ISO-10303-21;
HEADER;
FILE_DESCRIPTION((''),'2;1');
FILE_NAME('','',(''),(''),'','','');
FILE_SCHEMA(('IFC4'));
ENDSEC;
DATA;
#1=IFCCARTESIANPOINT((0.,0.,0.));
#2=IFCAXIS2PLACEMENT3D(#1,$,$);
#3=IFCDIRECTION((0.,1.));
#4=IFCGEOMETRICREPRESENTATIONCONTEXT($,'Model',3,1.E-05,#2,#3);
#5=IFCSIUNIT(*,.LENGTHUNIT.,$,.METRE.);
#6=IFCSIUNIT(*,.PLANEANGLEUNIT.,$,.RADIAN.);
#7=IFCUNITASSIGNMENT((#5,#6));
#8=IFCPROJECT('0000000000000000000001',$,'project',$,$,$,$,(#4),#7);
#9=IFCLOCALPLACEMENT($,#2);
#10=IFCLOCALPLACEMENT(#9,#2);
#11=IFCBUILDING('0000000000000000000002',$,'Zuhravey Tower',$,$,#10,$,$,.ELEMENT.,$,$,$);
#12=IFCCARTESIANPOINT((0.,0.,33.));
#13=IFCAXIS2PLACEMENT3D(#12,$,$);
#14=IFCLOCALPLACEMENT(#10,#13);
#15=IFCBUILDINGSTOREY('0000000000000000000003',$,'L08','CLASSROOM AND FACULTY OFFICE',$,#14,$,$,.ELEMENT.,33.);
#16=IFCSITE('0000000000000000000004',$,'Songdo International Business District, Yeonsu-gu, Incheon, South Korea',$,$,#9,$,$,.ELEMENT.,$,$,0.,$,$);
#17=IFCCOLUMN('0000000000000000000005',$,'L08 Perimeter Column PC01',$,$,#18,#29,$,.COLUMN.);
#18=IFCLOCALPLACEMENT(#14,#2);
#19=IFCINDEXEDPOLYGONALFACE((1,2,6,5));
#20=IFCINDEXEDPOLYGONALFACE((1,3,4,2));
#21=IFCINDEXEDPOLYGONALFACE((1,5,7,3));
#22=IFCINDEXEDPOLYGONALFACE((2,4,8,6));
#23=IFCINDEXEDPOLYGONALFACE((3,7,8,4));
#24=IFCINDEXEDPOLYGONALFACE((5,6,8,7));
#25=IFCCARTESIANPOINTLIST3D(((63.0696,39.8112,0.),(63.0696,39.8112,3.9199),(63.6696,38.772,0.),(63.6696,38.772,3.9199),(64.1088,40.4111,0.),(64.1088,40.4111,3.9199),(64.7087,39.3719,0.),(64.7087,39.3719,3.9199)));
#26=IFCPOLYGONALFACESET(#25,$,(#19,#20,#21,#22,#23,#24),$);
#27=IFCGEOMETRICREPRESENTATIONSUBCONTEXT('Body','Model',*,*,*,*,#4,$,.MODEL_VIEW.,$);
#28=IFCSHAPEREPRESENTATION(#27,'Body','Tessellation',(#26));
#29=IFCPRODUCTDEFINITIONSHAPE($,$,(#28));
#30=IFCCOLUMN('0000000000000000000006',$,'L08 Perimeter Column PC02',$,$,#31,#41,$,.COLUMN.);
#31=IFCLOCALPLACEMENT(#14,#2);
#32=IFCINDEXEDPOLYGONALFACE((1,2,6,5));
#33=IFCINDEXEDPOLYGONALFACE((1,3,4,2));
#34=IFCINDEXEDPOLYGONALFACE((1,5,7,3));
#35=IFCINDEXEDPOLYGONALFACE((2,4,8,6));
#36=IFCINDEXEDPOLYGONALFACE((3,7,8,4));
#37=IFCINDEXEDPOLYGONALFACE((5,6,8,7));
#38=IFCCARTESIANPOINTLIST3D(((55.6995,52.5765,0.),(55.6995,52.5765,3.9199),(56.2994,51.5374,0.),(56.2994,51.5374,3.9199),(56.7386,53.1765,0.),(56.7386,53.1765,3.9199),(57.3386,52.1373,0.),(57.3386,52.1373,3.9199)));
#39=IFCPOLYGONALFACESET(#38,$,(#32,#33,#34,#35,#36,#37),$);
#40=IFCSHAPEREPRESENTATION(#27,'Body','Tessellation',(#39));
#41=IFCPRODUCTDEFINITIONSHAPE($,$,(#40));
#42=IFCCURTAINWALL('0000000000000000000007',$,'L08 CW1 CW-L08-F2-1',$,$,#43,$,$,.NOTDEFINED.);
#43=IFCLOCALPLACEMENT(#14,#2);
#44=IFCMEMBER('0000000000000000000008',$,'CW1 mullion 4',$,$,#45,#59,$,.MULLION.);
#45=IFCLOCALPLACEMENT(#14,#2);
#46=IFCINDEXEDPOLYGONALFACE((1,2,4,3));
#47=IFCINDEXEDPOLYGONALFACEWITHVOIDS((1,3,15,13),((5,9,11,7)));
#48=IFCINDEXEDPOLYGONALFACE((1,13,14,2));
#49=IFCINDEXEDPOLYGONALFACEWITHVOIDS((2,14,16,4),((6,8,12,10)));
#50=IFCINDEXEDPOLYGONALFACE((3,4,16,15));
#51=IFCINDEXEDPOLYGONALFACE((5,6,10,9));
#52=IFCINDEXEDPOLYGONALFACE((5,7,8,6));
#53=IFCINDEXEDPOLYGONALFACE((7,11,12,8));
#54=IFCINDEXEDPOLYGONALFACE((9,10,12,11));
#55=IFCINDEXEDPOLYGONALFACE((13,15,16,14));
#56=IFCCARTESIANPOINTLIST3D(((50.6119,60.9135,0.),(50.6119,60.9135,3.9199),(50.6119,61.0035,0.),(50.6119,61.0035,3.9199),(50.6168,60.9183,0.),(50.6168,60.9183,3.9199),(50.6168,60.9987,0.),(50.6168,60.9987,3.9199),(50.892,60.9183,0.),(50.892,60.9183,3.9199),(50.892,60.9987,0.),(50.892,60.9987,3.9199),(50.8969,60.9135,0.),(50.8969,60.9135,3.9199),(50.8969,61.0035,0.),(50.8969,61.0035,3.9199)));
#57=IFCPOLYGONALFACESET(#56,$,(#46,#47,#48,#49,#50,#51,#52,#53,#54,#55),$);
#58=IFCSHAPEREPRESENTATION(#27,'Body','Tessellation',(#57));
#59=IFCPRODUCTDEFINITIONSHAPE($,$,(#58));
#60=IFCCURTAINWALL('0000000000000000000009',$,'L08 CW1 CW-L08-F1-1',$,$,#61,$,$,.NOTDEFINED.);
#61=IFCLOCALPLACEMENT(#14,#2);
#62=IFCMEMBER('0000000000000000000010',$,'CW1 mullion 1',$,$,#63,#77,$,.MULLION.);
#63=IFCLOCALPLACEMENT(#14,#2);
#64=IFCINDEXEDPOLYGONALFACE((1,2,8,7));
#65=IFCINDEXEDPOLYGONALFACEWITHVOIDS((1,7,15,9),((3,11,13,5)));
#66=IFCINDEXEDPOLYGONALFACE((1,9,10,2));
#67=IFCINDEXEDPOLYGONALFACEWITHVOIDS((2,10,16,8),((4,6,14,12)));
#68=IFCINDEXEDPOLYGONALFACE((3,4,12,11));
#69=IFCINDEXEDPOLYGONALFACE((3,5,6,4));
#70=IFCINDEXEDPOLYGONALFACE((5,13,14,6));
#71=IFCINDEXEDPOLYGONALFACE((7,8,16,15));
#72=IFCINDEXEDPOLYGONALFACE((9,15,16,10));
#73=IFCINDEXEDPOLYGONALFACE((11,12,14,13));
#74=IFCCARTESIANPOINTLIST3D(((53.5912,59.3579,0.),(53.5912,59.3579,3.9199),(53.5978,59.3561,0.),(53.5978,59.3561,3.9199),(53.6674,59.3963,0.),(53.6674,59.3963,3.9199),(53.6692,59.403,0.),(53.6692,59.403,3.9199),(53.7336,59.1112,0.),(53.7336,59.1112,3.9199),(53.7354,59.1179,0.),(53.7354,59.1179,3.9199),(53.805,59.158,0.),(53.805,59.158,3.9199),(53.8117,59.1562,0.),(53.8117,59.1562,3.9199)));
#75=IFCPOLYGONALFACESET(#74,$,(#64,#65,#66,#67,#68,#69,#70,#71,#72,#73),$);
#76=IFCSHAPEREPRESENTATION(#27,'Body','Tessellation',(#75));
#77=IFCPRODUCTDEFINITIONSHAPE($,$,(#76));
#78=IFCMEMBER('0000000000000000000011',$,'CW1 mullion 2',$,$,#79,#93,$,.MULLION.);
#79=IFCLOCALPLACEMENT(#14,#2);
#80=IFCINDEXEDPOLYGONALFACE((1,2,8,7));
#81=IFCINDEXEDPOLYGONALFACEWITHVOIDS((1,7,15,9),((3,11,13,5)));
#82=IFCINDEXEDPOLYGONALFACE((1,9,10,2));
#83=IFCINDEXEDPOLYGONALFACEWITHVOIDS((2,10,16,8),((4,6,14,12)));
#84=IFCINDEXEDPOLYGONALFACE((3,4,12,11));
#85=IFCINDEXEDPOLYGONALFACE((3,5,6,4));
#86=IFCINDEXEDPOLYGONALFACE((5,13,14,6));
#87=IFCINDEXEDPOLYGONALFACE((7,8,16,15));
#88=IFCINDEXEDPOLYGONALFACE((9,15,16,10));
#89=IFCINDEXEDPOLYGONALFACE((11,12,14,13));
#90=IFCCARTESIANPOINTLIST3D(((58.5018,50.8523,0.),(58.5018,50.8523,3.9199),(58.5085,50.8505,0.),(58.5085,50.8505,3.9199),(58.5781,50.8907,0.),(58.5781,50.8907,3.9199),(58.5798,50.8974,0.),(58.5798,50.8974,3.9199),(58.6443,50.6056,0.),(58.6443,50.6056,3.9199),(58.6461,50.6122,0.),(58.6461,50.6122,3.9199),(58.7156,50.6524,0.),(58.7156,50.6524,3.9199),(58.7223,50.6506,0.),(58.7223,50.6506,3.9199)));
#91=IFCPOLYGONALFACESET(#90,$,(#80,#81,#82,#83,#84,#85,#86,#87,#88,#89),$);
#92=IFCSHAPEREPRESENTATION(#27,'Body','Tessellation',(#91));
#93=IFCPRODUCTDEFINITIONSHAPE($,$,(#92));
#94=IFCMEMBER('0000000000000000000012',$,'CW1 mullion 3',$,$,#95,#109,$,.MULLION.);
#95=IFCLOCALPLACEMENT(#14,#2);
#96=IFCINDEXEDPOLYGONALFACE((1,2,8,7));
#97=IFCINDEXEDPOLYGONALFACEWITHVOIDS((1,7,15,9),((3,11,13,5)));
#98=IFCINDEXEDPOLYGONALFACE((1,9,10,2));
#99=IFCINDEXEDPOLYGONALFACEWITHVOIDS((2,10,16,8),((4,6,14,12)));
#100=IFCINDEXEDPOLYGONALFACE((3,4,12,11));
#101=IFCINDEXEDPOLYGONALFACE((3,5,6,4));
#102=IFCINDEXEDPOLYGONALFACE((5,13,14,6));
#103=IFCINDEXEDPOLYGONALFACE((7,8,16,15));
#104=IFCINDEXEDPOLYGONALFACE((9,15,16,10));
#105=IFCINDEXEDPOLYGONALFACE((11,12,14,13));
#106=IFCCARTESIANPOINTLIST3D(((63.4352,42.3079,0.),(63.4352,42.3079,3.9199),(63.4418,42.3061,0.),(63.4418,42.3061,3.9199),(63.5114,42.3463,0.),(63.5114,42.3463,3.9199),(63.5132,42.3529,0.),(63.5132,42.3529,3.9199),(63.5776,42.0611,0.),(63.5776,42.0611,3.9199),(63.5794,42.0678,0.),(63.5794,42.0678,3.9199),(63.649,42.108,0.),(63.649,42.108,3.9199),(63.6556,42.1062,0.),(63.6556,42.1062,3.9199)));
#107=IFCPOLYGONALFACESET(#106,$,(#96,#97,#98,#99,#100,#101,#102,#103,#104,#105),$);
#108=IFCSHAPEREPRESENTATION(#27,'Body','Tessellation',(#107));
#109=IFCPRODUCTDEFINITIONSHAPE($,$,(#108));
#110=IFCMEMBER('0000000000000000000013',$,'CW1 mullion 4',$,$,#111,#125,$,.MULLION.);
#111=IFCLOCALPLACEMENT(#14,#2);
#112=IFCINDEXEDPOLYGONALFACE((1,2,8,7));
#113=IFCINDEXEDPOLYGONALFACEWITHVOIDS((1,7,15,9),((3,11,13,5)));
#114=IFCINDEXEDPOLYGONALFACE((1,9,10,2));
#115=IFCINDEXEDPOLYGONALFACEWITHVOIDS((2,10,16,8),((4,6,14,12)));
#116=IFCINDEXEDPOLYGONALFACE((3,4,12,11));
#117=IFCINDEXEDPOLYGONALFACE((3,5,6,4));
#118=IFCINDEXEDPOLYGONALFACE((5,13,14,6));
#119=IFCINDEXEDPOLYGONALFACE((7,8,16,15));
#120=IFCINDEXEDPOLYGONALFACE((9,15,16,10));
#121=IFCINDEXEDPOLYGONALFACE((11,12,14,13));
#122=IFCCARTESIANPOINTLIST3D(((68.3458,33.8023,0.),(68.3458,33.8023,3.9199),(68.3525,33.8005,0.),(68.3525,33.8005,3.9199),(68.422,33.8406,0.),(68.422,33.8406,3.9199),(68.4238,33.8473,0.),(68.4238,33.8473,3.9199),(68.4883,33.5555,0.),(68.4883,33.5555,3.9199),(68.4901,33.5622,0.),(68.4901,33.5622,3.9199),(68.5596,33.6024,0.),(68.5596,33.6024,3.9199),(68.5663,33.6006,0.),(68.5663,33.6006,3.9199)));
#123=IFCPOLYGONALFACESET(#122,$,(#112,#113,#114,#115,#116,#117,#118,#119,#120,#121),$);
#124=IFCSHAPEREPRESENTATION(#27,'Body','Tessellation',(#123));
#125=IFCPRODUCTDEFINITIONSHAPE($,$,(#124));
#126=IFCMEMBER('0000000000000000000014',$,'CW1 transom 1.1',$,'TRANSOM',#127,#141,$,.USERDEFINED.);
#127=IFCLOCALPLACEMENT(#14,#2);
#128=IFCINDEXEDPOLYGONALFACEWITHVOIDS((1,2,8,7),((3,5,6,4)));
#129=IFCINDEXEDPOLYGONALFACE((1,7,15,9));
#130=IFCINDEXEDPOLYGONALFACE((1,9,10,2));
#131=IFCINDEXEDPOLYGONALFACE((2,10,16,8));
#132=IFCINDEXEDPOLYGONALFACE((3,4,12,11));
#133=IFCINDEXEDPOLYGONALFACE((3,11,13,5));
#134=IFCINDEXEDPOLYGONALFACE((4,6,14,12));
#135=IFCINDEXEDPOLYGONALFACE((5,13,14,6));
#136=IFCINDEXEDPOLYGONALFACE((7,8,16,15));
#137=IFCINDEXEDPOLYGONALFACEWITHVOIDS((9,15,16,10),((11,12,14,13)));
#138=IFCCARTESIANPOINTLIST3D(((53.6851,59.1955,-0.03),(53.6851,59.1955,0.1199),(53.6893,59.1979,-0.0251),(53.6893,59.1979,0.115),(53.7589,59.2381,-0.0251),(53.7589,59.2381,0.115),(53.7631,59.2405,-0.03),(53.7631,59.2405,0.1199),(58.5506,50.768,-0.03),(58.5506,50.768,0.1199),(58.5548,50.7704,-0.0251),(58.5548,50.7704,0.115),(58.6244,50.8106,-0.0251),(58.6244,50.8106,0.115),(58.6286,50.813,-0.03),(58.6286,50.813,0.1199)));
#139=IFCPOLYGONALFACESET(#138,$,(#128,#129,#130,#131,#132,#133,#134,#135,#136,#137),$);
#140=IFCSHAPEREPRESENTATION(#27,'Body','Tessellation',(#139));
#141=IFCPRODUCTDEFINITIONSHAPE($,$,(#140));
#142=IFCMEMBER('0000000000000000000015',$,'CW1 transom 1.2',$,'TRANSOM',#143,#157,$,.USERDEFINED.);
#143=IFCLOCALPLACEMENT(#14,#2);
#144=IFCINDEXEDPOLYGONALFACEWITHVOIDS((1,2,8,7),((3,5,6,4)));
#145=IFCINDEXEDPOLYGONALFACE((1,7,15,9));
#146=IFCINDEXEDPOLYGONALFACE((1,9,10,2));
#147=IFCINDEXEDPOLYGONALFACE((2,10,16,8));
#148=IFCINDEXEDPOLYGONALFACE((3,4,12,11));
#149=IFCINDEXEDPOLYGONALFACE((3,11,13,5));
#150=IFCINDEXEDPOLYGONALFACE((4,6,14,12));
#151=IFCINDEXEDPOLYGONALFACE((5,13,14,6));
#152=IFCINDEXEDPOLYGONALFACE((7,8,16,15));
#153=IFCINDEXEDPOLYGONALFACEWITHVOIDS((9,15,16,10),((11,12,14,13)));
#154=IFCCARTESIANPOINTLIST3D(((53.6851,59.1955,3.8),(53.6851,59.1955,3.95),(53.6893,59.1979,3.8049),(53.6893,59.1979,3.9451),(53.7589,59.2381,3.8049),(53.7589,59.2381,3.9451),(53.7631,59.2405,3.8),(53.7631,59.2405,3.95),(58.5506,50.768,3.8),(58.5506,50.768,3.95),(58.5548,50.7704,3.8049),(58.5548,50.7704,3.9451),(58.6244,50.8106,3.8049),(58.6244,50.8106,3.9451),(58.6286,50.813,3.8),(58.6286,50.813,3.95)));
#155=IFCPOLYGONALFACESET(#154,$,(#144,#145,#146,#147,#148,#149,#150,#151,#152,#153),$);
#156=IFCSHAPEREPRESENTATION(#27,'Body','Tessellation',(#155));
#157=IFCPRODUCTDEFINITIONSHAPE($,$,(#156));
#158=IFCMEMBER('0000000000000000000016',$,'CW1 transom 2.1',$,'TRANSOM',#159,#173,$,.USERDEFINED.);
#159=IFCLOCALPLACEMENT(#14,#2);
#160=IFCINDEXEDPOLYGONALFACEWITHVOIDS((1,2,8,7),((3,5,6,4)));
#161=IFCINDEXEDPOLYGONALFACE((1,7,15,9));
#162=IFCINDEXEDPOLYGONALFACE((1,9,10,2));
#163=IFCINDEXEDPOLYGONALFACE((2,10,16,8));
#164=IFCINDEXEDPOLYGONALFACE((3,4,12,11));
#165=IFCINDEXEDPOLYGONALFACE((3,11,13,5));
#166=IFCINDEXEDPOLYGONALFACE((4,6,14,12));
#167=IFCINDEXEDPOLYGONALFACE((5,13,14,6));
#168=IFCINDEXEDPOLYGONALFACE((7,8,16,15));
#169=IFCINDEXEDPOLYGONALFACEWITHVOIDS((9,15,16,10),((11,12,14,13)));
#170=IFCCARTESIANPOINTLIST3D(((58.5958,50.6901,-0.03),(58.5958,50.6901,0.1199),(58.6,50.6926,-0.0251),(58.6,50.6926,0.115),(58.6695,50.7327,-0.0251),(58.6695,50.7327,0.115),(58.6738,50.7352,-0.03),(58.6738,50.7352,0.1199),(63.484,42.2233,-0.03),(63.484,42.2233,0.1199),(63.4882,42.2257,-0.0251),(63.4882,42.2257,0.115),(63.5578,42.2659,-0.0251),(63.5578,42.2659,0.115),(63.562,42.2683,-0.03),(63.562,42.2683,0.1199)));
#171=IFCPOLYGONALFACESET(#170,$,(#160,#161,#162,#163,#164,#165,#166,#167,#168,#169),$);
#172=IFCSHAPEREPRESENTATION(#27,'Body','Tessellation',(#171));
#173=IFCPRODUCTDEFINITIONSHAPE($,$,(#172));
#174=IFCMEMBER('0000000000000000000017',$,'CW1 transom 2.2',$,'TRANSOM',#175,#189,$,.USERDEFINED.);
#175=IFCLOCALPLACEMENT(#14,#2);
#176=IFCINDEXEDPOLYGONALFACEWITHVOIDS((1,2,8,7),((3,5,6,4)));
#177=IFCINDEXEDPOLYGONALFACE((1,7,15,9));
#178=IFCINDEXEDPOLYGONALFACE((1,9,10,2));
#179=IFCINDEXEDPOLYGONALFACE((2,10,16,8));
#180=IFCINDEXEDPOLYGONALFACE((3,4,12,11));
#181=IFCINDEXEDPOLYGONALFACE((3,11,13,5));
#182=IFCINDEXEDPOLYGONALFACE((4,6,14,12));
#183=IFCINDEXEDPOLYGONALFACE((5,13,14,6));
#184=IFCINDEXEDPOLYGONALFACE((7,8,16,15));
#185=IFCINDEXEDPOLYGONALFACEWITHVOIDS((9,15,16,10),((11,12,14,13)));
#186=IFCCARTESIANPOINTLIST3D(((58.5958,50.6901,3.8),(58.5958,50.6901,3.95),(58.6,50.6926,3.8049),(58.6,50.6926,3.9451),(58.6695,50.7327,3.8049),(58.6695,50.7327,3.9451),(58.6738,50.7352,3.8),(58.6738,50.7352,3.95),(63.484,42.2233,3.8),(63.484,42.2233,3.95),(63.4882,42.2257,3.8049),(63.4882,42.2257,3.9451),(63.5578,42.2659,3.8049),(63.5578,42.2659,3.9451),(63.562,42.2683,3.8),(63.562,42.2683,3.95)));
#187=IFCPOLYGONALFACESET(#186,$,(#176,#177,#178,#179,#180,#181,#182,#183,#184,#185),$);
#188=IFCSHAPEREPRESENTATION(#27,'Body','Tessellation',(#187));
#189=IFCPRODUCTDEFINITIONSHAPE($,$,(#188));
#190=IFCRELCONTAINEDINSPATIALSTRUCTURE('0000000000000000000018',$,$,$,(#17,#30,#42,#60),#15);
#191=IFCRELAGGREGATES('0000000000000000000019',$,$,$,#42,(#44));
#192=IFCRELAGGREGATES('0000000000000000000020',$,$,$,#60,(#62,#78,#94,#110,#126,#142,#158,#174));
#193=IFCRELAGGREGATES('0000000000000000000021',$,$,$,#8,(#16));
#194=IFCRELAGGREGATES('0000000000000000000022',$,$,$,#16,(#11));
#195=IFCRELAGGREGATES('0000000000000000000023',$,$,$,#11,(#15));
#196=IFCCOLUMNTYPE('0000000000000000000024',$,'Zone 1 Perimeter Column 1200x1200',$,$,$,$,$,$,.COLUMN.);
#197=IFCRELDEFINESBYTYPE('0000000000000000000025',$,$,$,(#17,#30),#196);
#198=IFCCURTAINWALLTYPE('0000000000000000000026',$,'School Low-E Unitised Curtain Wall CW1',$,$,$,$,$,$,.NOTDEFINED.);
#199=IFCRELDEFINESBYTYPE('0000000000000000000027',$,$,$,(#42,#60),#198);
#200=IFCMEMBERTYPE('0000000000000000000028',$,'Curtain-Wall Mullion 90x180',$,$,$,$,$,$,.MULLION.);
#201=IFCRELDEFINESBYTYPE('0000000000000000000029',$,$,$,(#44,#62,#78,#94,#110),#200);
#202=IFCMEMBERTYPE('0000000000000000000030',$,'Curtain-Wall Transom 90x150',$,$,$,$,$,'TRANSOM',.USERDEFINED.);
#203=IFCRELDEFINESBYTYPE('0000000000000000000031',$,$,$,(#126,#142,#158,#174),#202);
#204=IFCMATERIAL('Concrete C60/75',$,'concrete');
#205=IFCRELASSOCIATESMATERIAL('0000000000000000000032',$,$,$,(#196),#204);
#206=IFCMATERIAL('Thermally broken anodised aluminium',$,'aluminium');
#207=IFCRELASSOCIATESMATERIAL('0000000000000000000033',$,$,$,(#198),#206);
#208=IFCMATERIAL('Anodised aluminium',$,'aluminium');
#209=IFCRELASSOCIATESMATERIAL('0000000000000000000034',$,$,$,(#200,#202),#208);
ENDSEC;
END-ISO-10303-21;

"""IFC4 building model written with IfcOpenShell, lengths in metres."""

from ifc_helpers import new_model, si_unit, direction, frame, origin, origin_2d, place, context, subcontext, project, spatial, rectangle, hollow_rectangle, extrude, material, material_profile, profile_set, type_object, element, aggregate, save


model = new_model("IFC4")

# Units and contexts
model_context = context("Model", 3, precision=1e-05, world=origin(), true_north=direction((0.0, 1.0)))
body_context = subcontext(model_context, "Body", "Model", "MODEL_VIEW")
ifc_project = project(units=[si_unit("LENGTHUNIT", "METRE"), si_unit("PLANEANGLEUNIT", "RADIAN")], contexts=[model_context])

# Site, building, storey
site_placement = place(None, origin())
site = spatial("IfcSite", under=ifc_project, at=site_placement, Name="Songdo International Business District, Yeonsu-gu, Incheon, South Korea", CompositionType="ELEMENT", RefElevation=0.0)
building_placement = place(site_placement, origin())
building = spatial("IfcBuilding", under=site, at=building_placement, Name="Zuhravey Tower", CompositionType="ELEMENT")
storey_placement = place(building_placement, frame((0.0, 0.0, 33.0)))
storey = spatial("IfcBuildingStorey", under=building, at=storey_placement, Name="L08", Description="CLASSROOM AND FACULTY OFFICE", CompositionType="ELEMENT", Elevation=33.0)

# Columns
ifc_material_1 = material(Name="Concrete C60/75", Category="concrete")
ifc_material_profile_1 = material_profile(ifc_material_1, rectangle(XDim=1.2, YDim=1.2, at=origin_2d()), Name="RC-1200x1200")
ifc_profile_set_1 = profile_set([ifc_material_profile_1], Name="Concrete C60/75")
column_type = type_object("IfcColumnType", Name="Zone 1 Perimeter Column 1200x1200", PredefinedType="COLUMN", material=ifc_profile_set_1)
for number, where, z_axis, x_axis, name in (
    (1, (63.8892, 39.5916, 0.0), (0.0, 0.0, 1.0), (-0.5, 0.866025, 0.0), "L08 Perimeter Column PC01"),
    (2, (56.519, 52.3569, 0.0), (0.0, 0.0, 1.0), (-0.5, 0.866025, 0.0), "L08 Perimeter Column PC02"),
):
    element("IfcColumn", number, at=place(storey_placement, frame(where, z_axis=z_axis, x_axis=x_axis)), inside=storey, type_object=column_type, Name=name, PredefinedType="COLUMN", context=body_context, shape_type="SweptSolid", body=[
        extrude(rectangle(XDim=1.2, YDim=1.2, at=origin_2d()), origin(), (0.0, 0.0, 1.0), 3.9199),
    ])

# Curtain wall, member
ifc_material_2 = material(Name="Thermally broken anodised aluminium", Category="aluminium")
curtain_wall_type = type_object("IfcCurtainWallType", Name="School Low-E Unitised Curtain Wall CW1", PredefinedType="NOTDEFINED", material=ifc_material_2)
curtain_wall_1_placement = place(storey_placement, origin())
curtain_wall_1 = element("IfcCurtainWall", 3, at=curtain_wall_1_placement, inside=storey, type_object=curtain_wall_type, Name="L08 CW1 CW-L08-F2-1", PredefinedType="NOTDEFINED")
ifc_material_3 = material(Name="Anodised aluminium", Category="aluminium")
ifc_material_profile_2 = material_profile(ifc_material_3, hollow_rectangle(XDim=0.0901, YDim=0.2849, WallThickness=0.0049, at=origin_2d()), Name="ALU-RHS-90x285x5")
ifc_profile_set_2 = profile_set([ifc_material_profile_2], Name="Anodised aluminium")
member_type_1 = type_object("IfcMemberType", Name="Curtain-Wall Mullion 90x180", PredefinedType="MULLION", material=ifc_profile_set_2)
member_1_placement = place(storey_placement, frame((50.7544, 60.9585, 0.0), z_axis=(0.0, 0.0, 1.0), x_axis=(0.0, 1.0, 0.0)))
member_1 = element("IfcMember", 4, at=member_1_placement, type_object=member_type_1, Name="CW1 mullion 4", PredefinedType="MULLION", context=body_context, shape_type="SweptSolid", body=[
    extrude(hollow_rectangle(XDim=0.0901, YDim=0.2849, WallThickness=0.0049, at=origin_2d()), origin(), (0.0, 0.0, 1.0), 3.9199),
])
aggregate(curtain_wall_1, [member_1])

# Curtain wall, members
curtain_wall_2_placement = place(storey_placement, origin())
curtain_wall_2 = element("IfcCurtainWall", 5, at=curtain_wall_2_placement, inside=storey, type_object=curtain_wall_type, Name="L08 CW1 CW-L08-F1-1", PredefinedType="NOTDEFINED")
member_2_placement = place(storey_placement, frame((53.7014, 59.2571, 0.0), z_axis=(0.0, 0.0, 1.0), x_axis=(0.866026, 0.5, 0.0)))
member_2 = element("IfcMember", 6, at=member_2_placement, type_object=member_type_1, Name="CW1 mullion 1", PredefinedType="MULLION", context=body_context, shape_type="SweptSolid", body=[
    extrude(hollow_rectangle(XDim=0.0901, YDim=0.2849, WallThickness=0.0049, at=origin_2d()), origin(), (0.0, 0.0, 1.0), 3.9199),
])
member_3_placement = place(storey_placement, frame((58.6121, 50.7515, 0.0), z_axis=(0.0, 0.0, 1.0), x_axis=(0.866026, 0.5, 0.0)))
member_3 = element("IfcMember", 7, at=member_3_placement, type_object=member_type_1, Name="CW1 mullion 2", PredefinedType="MULLION", context=body_context, shape_type="SweptSolid", body=[
    extrude(hollow_rectangle(XDim=0.0901, YDim=0.2849, WallThickness=0.0049, at=origin_2d()), origin(), (0.0, 0.0, 1.0), 3.9199),
])
member_4_placement = place(storey_placement, frame((63.5454, 42.207, 0.0), z_axis=(0.0, 0.0, 1.0), x_axis=(0.866026, 0.5, 0.0)))
member_4 = element("IfcMember", 8, at=member_4_placement, type_object=member_type_1, Name="CW1 mullion 3", PredefinedType="MULLION", context=body_context, shape_type="SweptSolid", body=[
    extrude(hollow_rectangle(XDim=0.0901, YDim=0.2849, WallThickness=0.0049, at=origin_2d()), origin(), (0.0, 0.0, 1.0), 3.9199),
])
member_5_placement = place(storey_placement, frame((68.4561, 33.7014, 0.0), z_axis=(0.0, 0.0, 1.0), x_axis=(0.866026, 0.5, 0.0)))
member_5 = element("IfcMember", 9, at=member_5_placement, type_object=member_type_1, Name="CW1 mullion 4", PredefinedType="MULLION", context=body_context, shape_type="SweptSolid", body=[
    extrude(hollow_rectangle(XDim=0.0901, YDim=0.2849, WallThickness=0.0049, at=origin_2d()), origin(), (0.0, 0.0, 1.0), 3.9199),
])
ifc_material_profile_3 = material_profile(ifc_material_3, hollow_rectangle(XDim=0.0901, YDim=0.1499, WallThickness=0.0049, at=origin_2d()), Name="ALU-RHS-90x150x5")
ifc_profile_set_3 = profile_set([ifc_material_profile_3], Name="Anodised aluminium")
member_type_2 = type_object("IfcMemberType", Name="Curtain-Wall Transom 90x150", ElementType="TRANSOM", PredefinedType="USERDEFINED", material=ifc_profile_set_3)
member_6_placement = place(storey_placement, frame((53.7241, 59.218, 0.0449), z_axis=(0.49999, -0.866031, 0.0), x_axis=(0.866031, 0.49999, 0.0)))
member_6 = element("IfcMember", 10, at=member_6_placement, type_object=member_type_2, Name="CW1 transom 1.1", ObjectType="TRANSOM", PredefinedType="USERDEFINED", context=body_context, shape_type="SweptSolid", body=[
    extrude(hollow_rectangle(XDim=0.0901, YDim=0.1499, WallThickness=0.0049, at=origin_2d()), origin(), (0.0, 0.0, 1.0), 9.7312),
])
member_7_placement = place(storey_placement, frame((53.7241, 59.218, 3.875), z_axis=(0.49999, -0.866031, 0.0), x_axis=(0.866031, 0.49999, 0.0)))
member_7 = element("IfcMember", 11, at=member_7_placement, type_object=member_type_2, Name="CW1 transom 1.2", ObjectType="TRANSOM", PredefinedType="USERDEFINED", context=body_context, shape_type="SweptSolid", body=[
    extrude(hollow_rectangle(XDim=0.0901, YDim=0.1499, WallThickness=0.0049, at=origin_2d()), origin(), (0.0, 0.0, 1.0), 9.7312),
])
member_8_placement = place(storey_placement, frame((58.6348, 50.7126, 0.0449), z_axis=(0.49999, -0.866031, 0.0), x_axis=(0.866031, 0.49999, 0.0)))
member_8 = element("IfcMember", 12, at=member_8_placement, type_object=member_type_2, Name="CW1 transom 2.1", ObjectType="TRANSOM", PredefinedType="USERDEFINED", context=body_context, shape_type="SweptSolid", body=[
    extrude(hollow_rectangle(XDim=0.0901, YDim=0.1499, WallThickness=0.0049, at=origin_2d()), origin(), (0.0, 0.0, 1.0), 9.7766),
])
member_9_placement = place(storey_placement, frame((58.6348, 50.7126, 3.875), z_axis=(0.49999, -0.866031, 0.0), x_axis=(0.866031, 0.49999, 0.0)))
member_9 = element("IfcMember", 13, at=member_9_placement, type_object=member_type_2, Name="CW1 transom 2.2", ObjectType="TRANSOM", PredefinedType="USERDEFINED", context=body_context, shape_type="SweptSolid", body=[
    extrude(hollow_rectangle(XDim=0.0901, YDim=0.1499, WallThickness=0.0049, at=origin_2d()), origin(), (0.0, 0.0, 1.0), 9.7766),
])

aggregate(curtain_wall_2, [member_2, member_3, member_4, member_5, member_6, member_7, member_8, member_9])

save(model, "model.ifc")
